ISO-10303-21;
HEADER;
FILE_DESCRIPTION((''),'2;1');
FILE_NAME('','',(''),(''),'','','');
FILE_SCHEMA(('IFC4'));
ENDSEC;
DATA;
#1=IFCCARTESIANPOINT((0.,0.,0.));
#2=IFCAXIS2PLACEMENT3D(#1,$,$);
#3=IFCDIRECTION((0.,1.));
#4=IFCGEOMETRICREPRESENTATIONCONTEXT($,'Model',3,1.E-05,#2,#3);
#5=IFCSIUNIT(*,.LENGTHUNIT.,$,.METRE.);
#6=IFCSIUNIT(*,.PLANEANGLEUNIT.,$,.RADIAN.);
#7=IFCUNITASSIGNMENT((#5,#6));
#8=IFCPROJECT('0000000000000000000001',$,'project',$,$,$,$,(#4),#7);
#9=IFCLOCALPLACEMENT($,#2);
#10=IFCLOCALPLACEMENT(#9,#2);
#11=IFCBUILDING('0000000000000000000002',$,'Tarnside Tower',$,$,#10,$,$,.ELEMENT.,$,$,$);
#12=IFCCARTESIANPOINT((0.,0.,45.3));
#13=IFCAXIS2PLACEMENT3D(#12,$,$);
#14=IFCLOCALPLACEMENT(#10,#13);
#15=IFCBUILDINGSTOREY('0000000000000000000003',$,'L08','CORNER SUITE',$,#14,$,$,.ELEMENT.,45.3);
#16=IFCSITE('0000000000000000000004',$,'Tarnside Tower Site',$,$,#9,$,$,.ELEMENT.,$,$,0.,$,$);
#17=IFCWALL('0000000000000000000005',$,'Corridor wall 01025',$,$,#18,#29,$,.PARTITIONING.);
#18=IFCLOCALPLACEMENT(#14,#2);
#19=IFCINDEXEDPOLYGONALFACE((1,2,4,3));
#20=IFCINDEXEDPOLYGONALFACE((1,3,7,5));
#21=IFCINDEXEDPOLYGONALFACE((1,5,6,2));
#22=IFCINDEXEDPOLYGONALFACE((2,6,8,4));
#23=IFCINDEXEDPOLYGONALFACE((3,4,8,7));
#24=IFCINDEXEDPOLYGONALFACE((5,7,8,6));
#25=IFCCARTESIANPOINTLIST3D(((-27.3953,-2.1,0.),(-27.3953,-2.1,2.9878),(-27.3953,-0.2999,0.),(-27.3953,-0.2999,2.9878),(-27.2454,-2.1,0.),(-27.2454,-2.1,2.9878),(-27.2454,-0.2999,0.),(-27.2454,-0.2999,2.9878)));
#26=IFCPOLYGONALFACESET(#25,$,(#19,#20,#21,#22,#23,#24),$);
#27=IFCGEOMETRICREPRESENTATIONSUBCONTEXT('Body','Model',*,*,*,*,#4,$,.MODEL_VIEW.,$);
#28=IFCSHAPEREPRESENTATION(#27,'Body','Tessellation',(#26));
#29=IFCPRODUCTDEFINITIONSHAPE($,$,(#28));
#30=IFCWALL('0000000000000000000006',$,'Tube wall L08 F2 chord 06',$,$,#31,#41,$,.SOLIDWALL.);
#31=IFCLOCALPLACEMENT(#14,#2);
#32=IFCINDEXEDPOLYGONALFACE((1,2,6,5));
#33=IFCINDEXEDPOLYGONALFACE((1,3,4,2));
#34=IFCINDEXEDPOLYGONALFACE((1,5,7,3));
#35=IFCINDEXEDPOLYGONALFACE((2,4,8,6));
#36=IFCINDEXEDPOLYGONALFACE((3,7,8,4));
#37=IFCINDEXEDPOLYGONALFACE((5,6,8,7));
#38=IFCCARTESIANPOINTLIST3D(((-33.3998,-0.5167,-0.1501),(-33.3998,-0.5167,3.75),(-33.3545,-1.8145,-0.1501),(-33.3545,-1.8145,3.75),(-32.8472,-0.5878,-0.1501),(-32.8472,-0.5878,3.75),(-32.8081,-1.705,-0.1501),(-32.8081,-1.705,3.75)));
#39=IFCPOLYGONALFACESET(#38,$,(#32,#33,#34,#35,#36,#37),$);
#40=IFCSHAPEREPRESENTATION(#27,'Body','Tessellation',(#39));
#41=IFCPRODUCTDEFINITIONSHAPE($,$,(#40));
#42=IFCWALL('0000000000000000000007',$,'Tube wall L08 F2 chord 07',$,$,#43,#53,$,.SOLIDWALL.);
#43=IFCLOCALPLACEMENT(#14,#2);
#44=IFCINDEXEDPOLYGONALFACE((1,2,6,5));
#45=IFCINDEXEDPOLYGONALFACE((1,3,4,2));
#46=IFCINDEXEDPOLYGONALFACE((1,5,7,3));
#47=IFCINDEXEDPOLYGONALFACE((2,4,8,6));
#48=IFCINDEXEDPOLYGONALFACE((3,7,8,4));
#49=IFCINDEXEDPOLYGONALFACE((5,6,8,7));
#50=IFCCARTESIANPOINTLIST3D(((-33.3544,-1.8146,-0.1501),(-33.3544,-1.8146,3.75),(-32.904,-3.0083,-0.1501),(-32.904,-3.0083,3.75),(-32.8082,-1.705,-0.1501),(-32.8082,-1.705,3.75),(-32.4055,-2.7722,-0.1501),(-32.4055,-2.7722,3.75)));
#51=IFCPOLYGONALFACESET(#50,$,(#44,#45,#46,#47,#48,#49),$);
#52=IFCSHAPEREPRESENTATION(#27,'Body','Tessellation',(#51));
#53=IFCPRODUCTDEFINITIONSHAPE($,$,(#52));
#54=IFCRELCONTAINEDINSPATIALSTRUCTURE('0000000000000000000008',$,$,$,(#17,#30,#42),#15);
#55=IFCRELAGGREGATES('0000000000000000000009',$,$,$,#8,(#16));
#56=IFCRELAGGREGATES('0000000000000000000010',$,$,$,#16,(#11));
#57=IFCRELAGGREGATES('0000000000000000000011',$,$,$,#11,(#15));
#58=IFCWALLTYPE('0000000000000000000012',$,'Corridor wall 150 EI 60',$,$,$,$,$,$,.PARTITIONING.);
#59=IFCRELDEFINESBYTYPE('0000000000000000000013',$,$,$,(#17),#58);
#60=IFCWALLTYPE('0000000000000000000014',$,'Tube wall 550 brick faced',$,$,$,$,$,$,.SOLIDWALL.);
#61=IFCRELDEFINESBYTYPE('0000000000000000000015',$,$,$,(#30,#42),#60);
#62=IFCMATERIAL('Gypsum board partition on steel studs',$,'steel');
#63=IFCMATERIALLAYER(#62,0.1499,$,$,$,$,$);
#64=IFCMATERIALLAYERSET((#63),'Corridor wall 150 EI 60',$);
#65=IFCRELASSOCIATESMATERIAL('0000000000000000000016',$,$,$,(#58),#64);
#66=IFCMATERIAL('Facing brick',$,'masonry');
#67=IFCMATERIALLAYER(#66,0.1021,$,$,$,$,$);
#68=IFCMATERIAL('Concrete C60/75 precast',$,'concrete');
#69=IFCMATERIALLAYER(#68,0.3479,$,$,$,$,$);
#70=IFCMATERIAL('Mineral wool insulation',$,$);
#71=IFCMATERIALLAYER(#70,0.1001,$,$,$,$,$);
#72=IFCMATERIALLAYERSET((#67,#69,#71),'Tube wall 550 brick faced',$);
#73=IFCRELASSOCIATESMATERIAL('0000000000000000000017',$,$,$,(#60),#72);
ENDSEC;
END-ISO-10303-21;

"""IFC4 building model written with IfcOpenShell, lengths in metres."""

from ifc_helpers import new_model, si_unit, direction, frame, frame_2d, origin, place, context, subcontext, project, spatial, polyline, rectangle, outline, extrude, material, layer, layer_set, type_object, element, save


model = new_model("IFC4")

# Units and contexts
model_context = context("Model", 3, precision=1e-05, world=origin(), true_north=direction((0.0, 1.0)))
body_context = subcontext(model_context, "Body", "Model", "MODEL_VIEW")
ifc_project = project(units=[si_unit("LENGTHUNIT", "METRE"), si_unit("PLANEANGLEUNIT", "RADIAN")], contexts=[model_context])

# Site, building, storey
site_placement = place(None, origin())
site = spatial("IfcSite", under=ifc_project, at=site_placement, Name="Tarnside Tower Site", CompositionType="ELEMENT", RefElevation=0.0)
building_placement = place(site_placement, origin())
building = spatial("IfcBuilding", under=site, at=building_placement, Name="Tarnside Tower", CompositionType="ELEMENT")
storey_placement = place(building_placement, frame((0.0, 0.0, 45.3)))
storey = spatial("IfcBuildingStorey", under=building, at=storey_placement, Name="L08", Description="CORNER SUITE", CompositionType="ELEMENT", Elevation=45.3)

# Walls
ifc_material_1 = material(Name="Gypsum board partition on steel studs", Category="steel")
ifc_layer_1 = layer(ifc_material_1, 0.1499)
ifc_layer_set_1 = layer_set([ifc_layer_1], Name="Corridor wall 150 EI 60")
wall_type_1 = type_object("IfcWallType", Name="Corridor wall 150 EI 60", PredefinedType="PARTITIONING", material=ifc_layer_set_1)
wall_1_placement = place(storey_placement, frame((-27.3203, -0.3, 0.0), z_axis=(0.0, 0.0, 1.0), x_axis=(0.0, -1.0, 0.0)))
element("IfcWall", 1, at=wall_1_placement, inside=storey, type_object=wall_type_1, Name="Corridor wall 01025", PredefinedType="PARTITIONING", context=body_context, shape_type="SweptSolid", body=[
    extrude(rectangle(XDim=1.8, YDim=0.1499, at=frame_2d((0.8999, 0.0))), origin(), (0.0, 0.0, 1.0), 2.9878),
])
ifc_material_2 = material(Name="Facing brick", Category="masonry")
ifc_layer_2 = layer(ifc_material_2, 0.1021)
ifc_material_3 = material(Name="Concrete C60/75 precast", Category="concrete")
ifc_layer_3 = layer(ifc_material_3, 0.3479)
ifc_material_4 = material(Name="Mineral wool insulation")
ifc_layer_4 = layer(ifc_material_4, 0.1001)
ifc_layer_set_2 = layer_set([ifc_layer_2, ifc_layer_3, ifc_layer_4], Name="Tube wall 550 brick faced")
wall_type_2 = type_object("IfcWallType", Name="Tube wall 550 brick faced", PredefinedType="SOLIDWALL", material=ifc_layer_set_2)
wall_2_placement = place(storey_placement, frame((-33.1235, -0.5522, -0.1501), z_axis=(0.0, 0.0, 1.0), x_axis=(0.034956, -0.999389, 0.0)))
element("IfcWall", 2, at=wall_2_placement, inside=storey, type_object=wall_type_2, Name="Tube wall L08 F2 chord 06", PredefinedType="SOLIDWALL", context=body_context, shape_type="SweptSolid", body=[
    extrude(outline(polyline([(-0.0452, -0.2749), (1.2534, -0.2749), (1.1631, 0.2749), (0.0452, 0.2749), (-0.0452, -0.2749)])), origin(), (0.0, 0.0, 1.0), 3.9001),
])
wall_3_placement = place(storey_placement, frame((-33.0813, -1.7598, -0.1501), z_axis=(0.0, 0.0, 1.0), x_axis=(0.353027, -0.935613, 0.0)))
element("IfcWall", 3, at=wall_3_placement, inside=storey, type_object=wall_type_2, Name="Tube wall L08 F2 chord 07", PredefinedType="SOLIDWALL", context=body_context, shape_type="SweptSolid", body=[
    extrude(outline(polyline([(-0.0452, -0.2749), (1.2307, -0.2749), (1.1858, 0.2749), (0.0452, 0.2749), (-0.0452, -0.2749)])), origin(), (0.0, 0.0, 1.0), 3.9001),
])

save(model, "model.ifc")
